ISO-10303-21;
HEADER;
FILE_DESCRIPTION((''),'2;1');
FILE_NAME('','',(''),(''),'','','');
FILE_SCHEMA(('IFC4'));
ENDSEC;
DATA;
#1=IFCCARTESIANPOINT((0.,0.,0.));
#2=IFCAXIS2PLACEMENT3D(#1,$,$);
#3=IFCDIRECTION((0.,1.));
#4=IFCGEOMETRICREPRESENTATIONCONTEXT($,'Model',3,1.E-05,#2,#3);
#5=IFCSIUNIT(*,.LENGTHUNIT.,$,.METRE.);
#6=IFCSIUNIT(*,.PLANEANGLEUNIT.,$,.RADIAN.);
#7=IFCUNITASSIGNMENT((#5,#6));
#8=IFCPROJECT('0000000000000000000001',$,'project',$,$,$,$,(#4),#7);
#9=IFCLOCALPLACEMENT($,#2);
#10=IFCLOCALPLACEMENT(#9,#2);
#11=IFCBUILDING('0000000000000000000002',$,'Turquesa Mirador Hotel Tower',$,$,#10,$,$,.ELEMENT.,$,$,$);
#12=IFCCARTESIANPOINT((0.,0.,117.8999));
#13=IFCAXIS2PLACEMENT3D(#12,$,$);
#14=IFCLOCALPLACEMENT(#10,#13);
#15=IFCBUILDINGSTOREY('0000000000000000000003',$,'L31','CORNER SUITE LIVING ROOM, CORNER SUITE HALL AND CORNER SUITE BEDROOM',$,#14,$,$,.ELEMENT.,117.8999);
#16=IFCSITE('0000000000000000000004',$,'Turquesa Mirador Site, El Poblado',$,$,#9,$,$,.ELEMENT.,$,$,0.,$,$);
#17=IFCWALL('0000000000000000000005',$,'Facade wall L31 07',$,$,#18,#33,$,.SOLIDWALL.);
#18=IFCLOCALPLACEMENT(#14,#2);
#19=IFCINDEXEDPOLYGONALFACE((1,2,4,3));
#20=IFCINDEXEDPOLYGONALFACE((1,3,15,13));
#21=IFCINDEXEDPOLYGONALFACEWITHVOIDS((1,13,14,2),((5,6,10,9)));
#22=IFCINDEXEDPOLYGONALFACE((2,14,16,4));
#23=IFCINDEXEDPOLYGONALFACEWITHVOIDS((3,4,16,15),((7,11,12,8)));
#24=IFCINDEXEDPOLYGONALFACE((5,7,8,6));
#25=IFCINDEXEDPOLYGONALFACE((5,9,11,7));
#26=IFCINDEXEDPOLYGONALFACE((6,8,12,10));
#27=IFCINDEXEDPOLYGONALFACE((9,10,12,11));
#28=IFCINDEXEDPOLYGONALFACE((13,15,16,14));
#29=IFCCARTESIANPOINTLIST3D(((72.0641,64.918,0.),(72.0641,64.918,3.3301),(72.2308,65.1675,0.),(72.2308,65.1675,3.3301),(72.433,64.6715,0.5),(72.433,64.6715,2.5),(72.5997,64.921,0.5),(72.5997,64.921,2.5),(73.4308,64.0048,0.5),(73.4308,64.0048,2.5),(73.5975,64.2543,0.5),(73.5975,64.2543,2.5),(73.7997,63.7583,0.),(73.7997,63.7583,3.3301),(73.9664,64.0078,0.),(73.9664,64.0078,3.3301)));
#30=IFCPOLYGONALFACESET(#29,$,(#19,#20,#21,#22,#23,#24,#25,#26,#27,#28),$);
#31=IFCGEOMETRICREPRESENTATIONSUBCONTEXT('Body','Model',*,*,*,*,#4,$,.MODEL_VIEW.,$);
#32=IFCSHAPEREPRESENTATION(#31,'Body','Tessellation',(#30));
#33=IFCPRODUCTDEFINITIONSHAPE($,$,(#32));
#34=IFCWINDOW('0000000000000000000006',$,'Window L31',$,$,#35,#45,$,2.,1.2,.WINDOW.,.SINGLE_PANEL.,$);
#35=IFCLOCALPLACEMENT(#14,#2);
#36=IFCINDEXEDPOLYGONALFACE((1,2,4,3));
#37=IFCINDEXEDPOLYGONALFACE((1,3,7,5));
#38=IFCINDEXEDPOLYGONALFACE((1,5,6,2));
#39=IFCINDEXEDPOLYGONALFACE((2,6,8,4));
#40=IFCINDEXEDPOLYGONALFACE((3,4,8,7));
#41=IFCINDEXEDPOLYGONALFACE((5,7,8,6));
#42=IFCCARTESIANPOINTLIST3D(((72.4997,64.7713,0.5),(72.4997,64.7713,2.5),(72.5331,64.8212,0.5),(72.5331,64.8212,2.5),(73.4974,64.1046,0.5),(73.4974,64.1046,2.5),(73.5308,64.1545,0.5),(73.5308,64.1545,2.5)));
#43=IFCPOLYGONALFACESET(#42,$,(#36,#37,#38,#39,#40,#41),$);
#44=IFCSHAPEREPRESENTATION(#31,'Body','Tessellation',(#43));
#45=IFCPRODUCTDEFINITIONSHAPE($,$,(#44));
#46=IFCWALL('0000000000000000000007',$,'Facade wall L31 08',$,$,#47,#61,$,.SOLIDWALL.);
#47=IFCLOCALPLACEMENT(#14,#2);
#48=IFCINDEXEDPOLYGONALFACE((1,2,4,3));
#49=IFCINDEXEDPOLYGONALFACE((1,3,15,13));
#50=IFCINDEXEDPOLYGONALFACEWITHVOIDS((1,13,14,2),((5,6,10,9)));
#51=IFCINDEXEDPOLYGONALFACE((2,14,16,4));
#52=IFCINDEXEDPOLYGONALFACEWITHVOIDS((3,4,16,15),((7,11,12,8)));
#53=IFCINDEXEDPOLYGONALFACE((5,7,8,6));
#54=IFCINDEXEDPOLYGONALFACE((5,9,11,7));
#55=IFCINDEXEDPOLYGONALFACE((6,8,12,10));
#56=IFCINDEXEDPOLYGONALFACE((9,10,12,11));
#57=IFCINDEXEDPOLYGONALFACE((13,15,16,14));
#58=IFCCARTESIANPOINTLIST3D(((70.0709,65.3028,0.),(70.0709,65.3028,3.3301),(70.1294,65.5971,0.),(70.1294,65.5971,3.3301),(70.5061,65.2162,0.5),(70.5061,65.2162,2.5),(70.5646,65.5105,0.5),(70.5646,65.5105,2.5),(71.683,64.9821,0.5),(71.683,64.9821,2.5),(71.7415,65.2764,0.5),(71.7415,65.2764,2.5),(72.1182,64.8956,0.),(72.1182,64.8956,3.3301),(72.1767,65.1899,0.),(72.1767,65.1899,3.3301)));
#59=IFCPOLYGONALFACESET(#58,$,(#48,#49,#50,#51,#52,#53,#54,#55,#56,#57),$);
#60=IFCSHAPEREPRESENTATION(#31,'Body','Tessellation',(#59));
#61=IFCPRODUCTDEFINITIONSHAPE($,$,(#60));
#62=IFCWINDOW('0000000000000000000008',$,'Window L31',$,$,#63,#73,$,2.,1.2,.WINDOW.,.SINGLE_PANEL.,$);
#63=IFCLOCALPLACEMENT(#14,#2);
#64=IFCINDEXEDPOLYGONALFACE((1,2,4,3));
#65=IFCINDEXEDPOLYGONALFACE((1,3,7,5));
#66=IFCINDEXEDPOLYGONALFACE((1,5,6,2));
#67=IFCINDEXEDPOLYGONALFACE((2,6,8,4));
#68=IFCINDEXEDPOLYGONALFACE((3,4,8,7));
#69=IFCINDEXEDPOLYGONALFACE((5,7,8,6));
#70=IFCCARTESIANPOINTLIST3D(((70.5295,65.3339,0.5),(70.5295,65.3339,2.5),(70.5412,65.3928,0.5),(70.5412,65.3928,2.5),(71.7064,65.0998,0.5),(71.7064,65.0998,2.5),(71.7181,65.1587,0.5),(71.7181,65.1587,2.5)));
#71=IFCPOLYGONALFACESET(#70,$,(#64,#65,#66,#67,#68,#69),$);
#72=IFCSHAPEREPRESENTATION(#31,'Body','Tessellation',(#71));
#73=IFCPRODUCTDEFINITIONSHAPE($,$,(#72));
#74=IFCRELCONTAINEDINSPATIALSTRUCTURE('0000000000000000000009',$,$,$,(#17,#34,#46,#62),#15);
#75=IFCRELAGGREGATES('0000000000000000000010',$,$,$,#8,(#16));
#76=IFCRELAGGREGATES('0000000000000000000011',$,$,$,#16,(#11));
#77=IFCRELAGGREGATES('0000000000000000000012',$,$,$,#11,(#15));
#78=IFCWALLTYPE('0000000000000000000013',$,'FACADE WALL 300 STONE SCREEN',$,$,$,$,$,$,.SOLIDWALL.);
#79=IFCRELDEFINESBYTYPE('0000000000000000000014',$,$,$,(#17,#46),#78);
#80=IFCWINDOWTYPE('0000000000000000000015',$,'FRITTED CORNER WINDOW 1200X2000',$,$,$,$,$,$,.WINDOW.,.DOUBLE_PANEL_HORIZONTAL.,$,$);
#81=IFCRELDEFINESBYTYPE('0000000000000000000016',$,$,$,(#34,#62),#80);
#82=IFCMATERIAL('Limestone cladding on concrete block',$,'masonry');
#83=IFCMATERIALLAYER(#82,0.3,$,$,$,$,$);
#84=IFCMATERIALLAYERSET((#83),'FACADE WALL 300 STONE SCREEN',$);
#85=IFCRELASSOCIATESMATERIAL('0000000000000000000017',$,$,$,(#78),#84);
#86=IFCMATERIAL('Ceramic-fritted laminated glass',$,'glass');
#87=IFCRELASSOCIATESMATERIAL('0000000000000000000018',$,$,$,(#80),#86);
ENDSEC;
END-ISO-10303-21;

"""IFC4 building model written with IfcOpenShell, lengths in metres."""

from ifc_helpers import new_model, si_unit, direction, frame, frame_2d, origin, place, context, subcontext, project, spatial, rectangle, extrude, material, layer, layer_set, type_object, element, fill, save


model = new_model("IFC4")

# Units and contexts
model_context = context("Model", 3, precision=1e-05, world=origin(), true_north=direction((0.0, 1.0)))
body_context = subcontext(model_context, "Body", "Model", "MODEL_VIEW")
ifc_project = project(units=[si_unit("LENGTHUNIT", "METRE"), si_unit("PLANEANGLEUNIT", "RADIAN")], contexts=[model_context])

# Site, building, storey
site_placement = place(None, origin())
site = spatial("IfcSite", under=ifc_project, at=site_placement, Name="Turquesa Mirador Site, El Poblado", CompositionType="ELEMENT", RefElevation=0.0)
building_placement = place(site_placement, origin())
building = spatial("IfcBuilding", under=site, at=building_placement, Name="Turquesa Mirador Hotel Tower", CompositionType="ELEMENT")
storey_placement = place(building_placement, frame((0.0, 0.0, 117.8999)))
storey = spatial("IfcBuildingStorey", under=building, at=storey_placement, Name="L31", Description="CORNER SUITE LIVING ROOM, CORNER SUITE HALL AND CORNER SUITE BEDROOM", CompositionType="ELEMENT", Elevation=117.8999)

# Walls, openings, windows
ifc_material_1 = material(Name="Limestone cladding on concrete block", Category="masonry")
ifc_layer = layer(ifc_material_1, 0.3)
ifc_layer_set = layer_set([ifc_layer], Name="FACADE WALL 300 STONE SCREEN")
wall_type = type_object("IfcWallType", Name="FACADE WALL 300 STONE SCREEN", PredefinedType="SOLIDWALL", material=ifc_layer_set)
ifc_material_2 = material(Name="Ceramic-fritted laminated glass", Category="glass")
window_type_1 = type_object("IfcWindowType", Name="FRITTED CORNER WINDOW 1200X2000", PartitioningType="DOUBLE_PANEL_HORIZONTAL", PredefinedType="WINDOW", material=ifc_material_2)
wall_1_placement = place(storey_placement, frame((73.8831, 63.8831, 0.0), z_axis=(0.0, 0.0, 1.0), x_axis=(-0.831474, 0.555564, 0.0)))
wall_1 = element("IfcWall", 1, at=wall_1_placement, inside=storey, type_object=wall_type, Name="Facade wall L31 07", PredefinedType="SOLIDWALL", context=body_context, shape_type="SweptSolid", body=[
    extrude(rectangle(XDim=2.0874, YDim=0.3, at=frame_2d((1.0437, 0.0))), origin(), (0.0, 0.0, 1.0), 3.3301),
])
opening_1_placement = place(wall_1_placement, frame((0.4436, 0.0, 0.5)))
opening_1 = element("IfcOpeningElement", 2, at=opening_1_placement, cuts=wall_1, PredefinedType="OPENING", context=body_context, shape_type="SweptSolid", body=[
    extrude(rectangle(XDim=1.2, YDim=2.0, at=frame_2d((0.6001, 1.0))), frame((0.0, 0.1599, 0.0), z_axis=(0.0, -1.0, 0.0), x_axis=(1.0, 0.0, 0.0)), (0.0, 0.0, 1.0), 0.3201),
])
window_1_placement = place(opening_1_placement, origin())
window_1 = element("IfcWindow", 3, at=window_1_placement, inside=storey, type_object=window_type_1, Name="Window L31", OverallHeight=2.0, OverallWidth=1.2, PartitioningType="SINGLE_PANEL", PredefinedType="WINDOW", context=body_context, shape_type="SweptSolid", body=[
    extrude(rectangle(XDim=1.2, YDim=2.0, at=frame_2d((0.6001, 1.0))), frame((0.0, 0.03, 0.0), z_axis=(0.0, -1.0, 0.0), x_axis=(1.0, 0.0, 0.0)), (0.0, 0.0, 1.0), 0.0601),
])
fill(opening_1, window_1)
wall_2_placement = place(storey_placement, frame((72.1475, 65.0427, 0.0), z_axis=(0.0, 0.0, 1.0), x_axis=(-0.980787, 0.195081, 0.0)))
wall_2 = element("IfcWall", 4, at=wall_2_placement, inside=storey, type_object=wall_type, Name="Facade wall L31 08", PredefinedType="SOLIDWALL", context=body_context, shape_type="SweptSolid", body=[
    extrude(rectangle(XDim=2.0874, YDim=0.3, at=frame_2d((1.0437, 0.0))), origin(), (0.0, 0.0, 1.0), 3.3301),
])
opening_2_placement = place(wall_2_placement, frame((0.4436, 0.0, 0.5)))
opening_2 = element("IfcOpeningElement", 5, at=opening_2_placement, cuts=wall_2, PredefinedType="OPENING", context=body_context, shape_type="SweptSolid", body=[
    extrude(rectangle(XDim=1.2, YDim=2.0, at=frame_2d((0.6001, 1.0))), frame((0.0, 0.1599, 0.0), z_axis=(0.0, -1.0, 0.0), x_axis=(1.0, 0.0, 0.0)), (0.0, 0.0, 1.0), 0.3201),
])
window_2_placement = place(opening_2_placement, origin())
window_2 = element("IfcWindow", 6, at=window_2_placement, inside=storey, type_object=window_type_1, Name="Window L31", OverallHeight=2.0, OverallWidth=1.2, PartitioningType="SINGLE_PANEL", PredefinedType="WINDOW", context=body_context, shape_type="SweptSolid", body=[
    extrude(rectangle(XDim=1.2, YDim=2.0, at=frame_2d((0.6001, 1.0))), frame((0.0, 0.03, 0.0), z_axis=(0.0, -1.0, 0.0), x_axis=(1.0, 0.0, 0.0)), (0.0, 0.0, 1.0), 0.0601),
])
fill(opening_2, window_2)

save(model, "model.ifc")
